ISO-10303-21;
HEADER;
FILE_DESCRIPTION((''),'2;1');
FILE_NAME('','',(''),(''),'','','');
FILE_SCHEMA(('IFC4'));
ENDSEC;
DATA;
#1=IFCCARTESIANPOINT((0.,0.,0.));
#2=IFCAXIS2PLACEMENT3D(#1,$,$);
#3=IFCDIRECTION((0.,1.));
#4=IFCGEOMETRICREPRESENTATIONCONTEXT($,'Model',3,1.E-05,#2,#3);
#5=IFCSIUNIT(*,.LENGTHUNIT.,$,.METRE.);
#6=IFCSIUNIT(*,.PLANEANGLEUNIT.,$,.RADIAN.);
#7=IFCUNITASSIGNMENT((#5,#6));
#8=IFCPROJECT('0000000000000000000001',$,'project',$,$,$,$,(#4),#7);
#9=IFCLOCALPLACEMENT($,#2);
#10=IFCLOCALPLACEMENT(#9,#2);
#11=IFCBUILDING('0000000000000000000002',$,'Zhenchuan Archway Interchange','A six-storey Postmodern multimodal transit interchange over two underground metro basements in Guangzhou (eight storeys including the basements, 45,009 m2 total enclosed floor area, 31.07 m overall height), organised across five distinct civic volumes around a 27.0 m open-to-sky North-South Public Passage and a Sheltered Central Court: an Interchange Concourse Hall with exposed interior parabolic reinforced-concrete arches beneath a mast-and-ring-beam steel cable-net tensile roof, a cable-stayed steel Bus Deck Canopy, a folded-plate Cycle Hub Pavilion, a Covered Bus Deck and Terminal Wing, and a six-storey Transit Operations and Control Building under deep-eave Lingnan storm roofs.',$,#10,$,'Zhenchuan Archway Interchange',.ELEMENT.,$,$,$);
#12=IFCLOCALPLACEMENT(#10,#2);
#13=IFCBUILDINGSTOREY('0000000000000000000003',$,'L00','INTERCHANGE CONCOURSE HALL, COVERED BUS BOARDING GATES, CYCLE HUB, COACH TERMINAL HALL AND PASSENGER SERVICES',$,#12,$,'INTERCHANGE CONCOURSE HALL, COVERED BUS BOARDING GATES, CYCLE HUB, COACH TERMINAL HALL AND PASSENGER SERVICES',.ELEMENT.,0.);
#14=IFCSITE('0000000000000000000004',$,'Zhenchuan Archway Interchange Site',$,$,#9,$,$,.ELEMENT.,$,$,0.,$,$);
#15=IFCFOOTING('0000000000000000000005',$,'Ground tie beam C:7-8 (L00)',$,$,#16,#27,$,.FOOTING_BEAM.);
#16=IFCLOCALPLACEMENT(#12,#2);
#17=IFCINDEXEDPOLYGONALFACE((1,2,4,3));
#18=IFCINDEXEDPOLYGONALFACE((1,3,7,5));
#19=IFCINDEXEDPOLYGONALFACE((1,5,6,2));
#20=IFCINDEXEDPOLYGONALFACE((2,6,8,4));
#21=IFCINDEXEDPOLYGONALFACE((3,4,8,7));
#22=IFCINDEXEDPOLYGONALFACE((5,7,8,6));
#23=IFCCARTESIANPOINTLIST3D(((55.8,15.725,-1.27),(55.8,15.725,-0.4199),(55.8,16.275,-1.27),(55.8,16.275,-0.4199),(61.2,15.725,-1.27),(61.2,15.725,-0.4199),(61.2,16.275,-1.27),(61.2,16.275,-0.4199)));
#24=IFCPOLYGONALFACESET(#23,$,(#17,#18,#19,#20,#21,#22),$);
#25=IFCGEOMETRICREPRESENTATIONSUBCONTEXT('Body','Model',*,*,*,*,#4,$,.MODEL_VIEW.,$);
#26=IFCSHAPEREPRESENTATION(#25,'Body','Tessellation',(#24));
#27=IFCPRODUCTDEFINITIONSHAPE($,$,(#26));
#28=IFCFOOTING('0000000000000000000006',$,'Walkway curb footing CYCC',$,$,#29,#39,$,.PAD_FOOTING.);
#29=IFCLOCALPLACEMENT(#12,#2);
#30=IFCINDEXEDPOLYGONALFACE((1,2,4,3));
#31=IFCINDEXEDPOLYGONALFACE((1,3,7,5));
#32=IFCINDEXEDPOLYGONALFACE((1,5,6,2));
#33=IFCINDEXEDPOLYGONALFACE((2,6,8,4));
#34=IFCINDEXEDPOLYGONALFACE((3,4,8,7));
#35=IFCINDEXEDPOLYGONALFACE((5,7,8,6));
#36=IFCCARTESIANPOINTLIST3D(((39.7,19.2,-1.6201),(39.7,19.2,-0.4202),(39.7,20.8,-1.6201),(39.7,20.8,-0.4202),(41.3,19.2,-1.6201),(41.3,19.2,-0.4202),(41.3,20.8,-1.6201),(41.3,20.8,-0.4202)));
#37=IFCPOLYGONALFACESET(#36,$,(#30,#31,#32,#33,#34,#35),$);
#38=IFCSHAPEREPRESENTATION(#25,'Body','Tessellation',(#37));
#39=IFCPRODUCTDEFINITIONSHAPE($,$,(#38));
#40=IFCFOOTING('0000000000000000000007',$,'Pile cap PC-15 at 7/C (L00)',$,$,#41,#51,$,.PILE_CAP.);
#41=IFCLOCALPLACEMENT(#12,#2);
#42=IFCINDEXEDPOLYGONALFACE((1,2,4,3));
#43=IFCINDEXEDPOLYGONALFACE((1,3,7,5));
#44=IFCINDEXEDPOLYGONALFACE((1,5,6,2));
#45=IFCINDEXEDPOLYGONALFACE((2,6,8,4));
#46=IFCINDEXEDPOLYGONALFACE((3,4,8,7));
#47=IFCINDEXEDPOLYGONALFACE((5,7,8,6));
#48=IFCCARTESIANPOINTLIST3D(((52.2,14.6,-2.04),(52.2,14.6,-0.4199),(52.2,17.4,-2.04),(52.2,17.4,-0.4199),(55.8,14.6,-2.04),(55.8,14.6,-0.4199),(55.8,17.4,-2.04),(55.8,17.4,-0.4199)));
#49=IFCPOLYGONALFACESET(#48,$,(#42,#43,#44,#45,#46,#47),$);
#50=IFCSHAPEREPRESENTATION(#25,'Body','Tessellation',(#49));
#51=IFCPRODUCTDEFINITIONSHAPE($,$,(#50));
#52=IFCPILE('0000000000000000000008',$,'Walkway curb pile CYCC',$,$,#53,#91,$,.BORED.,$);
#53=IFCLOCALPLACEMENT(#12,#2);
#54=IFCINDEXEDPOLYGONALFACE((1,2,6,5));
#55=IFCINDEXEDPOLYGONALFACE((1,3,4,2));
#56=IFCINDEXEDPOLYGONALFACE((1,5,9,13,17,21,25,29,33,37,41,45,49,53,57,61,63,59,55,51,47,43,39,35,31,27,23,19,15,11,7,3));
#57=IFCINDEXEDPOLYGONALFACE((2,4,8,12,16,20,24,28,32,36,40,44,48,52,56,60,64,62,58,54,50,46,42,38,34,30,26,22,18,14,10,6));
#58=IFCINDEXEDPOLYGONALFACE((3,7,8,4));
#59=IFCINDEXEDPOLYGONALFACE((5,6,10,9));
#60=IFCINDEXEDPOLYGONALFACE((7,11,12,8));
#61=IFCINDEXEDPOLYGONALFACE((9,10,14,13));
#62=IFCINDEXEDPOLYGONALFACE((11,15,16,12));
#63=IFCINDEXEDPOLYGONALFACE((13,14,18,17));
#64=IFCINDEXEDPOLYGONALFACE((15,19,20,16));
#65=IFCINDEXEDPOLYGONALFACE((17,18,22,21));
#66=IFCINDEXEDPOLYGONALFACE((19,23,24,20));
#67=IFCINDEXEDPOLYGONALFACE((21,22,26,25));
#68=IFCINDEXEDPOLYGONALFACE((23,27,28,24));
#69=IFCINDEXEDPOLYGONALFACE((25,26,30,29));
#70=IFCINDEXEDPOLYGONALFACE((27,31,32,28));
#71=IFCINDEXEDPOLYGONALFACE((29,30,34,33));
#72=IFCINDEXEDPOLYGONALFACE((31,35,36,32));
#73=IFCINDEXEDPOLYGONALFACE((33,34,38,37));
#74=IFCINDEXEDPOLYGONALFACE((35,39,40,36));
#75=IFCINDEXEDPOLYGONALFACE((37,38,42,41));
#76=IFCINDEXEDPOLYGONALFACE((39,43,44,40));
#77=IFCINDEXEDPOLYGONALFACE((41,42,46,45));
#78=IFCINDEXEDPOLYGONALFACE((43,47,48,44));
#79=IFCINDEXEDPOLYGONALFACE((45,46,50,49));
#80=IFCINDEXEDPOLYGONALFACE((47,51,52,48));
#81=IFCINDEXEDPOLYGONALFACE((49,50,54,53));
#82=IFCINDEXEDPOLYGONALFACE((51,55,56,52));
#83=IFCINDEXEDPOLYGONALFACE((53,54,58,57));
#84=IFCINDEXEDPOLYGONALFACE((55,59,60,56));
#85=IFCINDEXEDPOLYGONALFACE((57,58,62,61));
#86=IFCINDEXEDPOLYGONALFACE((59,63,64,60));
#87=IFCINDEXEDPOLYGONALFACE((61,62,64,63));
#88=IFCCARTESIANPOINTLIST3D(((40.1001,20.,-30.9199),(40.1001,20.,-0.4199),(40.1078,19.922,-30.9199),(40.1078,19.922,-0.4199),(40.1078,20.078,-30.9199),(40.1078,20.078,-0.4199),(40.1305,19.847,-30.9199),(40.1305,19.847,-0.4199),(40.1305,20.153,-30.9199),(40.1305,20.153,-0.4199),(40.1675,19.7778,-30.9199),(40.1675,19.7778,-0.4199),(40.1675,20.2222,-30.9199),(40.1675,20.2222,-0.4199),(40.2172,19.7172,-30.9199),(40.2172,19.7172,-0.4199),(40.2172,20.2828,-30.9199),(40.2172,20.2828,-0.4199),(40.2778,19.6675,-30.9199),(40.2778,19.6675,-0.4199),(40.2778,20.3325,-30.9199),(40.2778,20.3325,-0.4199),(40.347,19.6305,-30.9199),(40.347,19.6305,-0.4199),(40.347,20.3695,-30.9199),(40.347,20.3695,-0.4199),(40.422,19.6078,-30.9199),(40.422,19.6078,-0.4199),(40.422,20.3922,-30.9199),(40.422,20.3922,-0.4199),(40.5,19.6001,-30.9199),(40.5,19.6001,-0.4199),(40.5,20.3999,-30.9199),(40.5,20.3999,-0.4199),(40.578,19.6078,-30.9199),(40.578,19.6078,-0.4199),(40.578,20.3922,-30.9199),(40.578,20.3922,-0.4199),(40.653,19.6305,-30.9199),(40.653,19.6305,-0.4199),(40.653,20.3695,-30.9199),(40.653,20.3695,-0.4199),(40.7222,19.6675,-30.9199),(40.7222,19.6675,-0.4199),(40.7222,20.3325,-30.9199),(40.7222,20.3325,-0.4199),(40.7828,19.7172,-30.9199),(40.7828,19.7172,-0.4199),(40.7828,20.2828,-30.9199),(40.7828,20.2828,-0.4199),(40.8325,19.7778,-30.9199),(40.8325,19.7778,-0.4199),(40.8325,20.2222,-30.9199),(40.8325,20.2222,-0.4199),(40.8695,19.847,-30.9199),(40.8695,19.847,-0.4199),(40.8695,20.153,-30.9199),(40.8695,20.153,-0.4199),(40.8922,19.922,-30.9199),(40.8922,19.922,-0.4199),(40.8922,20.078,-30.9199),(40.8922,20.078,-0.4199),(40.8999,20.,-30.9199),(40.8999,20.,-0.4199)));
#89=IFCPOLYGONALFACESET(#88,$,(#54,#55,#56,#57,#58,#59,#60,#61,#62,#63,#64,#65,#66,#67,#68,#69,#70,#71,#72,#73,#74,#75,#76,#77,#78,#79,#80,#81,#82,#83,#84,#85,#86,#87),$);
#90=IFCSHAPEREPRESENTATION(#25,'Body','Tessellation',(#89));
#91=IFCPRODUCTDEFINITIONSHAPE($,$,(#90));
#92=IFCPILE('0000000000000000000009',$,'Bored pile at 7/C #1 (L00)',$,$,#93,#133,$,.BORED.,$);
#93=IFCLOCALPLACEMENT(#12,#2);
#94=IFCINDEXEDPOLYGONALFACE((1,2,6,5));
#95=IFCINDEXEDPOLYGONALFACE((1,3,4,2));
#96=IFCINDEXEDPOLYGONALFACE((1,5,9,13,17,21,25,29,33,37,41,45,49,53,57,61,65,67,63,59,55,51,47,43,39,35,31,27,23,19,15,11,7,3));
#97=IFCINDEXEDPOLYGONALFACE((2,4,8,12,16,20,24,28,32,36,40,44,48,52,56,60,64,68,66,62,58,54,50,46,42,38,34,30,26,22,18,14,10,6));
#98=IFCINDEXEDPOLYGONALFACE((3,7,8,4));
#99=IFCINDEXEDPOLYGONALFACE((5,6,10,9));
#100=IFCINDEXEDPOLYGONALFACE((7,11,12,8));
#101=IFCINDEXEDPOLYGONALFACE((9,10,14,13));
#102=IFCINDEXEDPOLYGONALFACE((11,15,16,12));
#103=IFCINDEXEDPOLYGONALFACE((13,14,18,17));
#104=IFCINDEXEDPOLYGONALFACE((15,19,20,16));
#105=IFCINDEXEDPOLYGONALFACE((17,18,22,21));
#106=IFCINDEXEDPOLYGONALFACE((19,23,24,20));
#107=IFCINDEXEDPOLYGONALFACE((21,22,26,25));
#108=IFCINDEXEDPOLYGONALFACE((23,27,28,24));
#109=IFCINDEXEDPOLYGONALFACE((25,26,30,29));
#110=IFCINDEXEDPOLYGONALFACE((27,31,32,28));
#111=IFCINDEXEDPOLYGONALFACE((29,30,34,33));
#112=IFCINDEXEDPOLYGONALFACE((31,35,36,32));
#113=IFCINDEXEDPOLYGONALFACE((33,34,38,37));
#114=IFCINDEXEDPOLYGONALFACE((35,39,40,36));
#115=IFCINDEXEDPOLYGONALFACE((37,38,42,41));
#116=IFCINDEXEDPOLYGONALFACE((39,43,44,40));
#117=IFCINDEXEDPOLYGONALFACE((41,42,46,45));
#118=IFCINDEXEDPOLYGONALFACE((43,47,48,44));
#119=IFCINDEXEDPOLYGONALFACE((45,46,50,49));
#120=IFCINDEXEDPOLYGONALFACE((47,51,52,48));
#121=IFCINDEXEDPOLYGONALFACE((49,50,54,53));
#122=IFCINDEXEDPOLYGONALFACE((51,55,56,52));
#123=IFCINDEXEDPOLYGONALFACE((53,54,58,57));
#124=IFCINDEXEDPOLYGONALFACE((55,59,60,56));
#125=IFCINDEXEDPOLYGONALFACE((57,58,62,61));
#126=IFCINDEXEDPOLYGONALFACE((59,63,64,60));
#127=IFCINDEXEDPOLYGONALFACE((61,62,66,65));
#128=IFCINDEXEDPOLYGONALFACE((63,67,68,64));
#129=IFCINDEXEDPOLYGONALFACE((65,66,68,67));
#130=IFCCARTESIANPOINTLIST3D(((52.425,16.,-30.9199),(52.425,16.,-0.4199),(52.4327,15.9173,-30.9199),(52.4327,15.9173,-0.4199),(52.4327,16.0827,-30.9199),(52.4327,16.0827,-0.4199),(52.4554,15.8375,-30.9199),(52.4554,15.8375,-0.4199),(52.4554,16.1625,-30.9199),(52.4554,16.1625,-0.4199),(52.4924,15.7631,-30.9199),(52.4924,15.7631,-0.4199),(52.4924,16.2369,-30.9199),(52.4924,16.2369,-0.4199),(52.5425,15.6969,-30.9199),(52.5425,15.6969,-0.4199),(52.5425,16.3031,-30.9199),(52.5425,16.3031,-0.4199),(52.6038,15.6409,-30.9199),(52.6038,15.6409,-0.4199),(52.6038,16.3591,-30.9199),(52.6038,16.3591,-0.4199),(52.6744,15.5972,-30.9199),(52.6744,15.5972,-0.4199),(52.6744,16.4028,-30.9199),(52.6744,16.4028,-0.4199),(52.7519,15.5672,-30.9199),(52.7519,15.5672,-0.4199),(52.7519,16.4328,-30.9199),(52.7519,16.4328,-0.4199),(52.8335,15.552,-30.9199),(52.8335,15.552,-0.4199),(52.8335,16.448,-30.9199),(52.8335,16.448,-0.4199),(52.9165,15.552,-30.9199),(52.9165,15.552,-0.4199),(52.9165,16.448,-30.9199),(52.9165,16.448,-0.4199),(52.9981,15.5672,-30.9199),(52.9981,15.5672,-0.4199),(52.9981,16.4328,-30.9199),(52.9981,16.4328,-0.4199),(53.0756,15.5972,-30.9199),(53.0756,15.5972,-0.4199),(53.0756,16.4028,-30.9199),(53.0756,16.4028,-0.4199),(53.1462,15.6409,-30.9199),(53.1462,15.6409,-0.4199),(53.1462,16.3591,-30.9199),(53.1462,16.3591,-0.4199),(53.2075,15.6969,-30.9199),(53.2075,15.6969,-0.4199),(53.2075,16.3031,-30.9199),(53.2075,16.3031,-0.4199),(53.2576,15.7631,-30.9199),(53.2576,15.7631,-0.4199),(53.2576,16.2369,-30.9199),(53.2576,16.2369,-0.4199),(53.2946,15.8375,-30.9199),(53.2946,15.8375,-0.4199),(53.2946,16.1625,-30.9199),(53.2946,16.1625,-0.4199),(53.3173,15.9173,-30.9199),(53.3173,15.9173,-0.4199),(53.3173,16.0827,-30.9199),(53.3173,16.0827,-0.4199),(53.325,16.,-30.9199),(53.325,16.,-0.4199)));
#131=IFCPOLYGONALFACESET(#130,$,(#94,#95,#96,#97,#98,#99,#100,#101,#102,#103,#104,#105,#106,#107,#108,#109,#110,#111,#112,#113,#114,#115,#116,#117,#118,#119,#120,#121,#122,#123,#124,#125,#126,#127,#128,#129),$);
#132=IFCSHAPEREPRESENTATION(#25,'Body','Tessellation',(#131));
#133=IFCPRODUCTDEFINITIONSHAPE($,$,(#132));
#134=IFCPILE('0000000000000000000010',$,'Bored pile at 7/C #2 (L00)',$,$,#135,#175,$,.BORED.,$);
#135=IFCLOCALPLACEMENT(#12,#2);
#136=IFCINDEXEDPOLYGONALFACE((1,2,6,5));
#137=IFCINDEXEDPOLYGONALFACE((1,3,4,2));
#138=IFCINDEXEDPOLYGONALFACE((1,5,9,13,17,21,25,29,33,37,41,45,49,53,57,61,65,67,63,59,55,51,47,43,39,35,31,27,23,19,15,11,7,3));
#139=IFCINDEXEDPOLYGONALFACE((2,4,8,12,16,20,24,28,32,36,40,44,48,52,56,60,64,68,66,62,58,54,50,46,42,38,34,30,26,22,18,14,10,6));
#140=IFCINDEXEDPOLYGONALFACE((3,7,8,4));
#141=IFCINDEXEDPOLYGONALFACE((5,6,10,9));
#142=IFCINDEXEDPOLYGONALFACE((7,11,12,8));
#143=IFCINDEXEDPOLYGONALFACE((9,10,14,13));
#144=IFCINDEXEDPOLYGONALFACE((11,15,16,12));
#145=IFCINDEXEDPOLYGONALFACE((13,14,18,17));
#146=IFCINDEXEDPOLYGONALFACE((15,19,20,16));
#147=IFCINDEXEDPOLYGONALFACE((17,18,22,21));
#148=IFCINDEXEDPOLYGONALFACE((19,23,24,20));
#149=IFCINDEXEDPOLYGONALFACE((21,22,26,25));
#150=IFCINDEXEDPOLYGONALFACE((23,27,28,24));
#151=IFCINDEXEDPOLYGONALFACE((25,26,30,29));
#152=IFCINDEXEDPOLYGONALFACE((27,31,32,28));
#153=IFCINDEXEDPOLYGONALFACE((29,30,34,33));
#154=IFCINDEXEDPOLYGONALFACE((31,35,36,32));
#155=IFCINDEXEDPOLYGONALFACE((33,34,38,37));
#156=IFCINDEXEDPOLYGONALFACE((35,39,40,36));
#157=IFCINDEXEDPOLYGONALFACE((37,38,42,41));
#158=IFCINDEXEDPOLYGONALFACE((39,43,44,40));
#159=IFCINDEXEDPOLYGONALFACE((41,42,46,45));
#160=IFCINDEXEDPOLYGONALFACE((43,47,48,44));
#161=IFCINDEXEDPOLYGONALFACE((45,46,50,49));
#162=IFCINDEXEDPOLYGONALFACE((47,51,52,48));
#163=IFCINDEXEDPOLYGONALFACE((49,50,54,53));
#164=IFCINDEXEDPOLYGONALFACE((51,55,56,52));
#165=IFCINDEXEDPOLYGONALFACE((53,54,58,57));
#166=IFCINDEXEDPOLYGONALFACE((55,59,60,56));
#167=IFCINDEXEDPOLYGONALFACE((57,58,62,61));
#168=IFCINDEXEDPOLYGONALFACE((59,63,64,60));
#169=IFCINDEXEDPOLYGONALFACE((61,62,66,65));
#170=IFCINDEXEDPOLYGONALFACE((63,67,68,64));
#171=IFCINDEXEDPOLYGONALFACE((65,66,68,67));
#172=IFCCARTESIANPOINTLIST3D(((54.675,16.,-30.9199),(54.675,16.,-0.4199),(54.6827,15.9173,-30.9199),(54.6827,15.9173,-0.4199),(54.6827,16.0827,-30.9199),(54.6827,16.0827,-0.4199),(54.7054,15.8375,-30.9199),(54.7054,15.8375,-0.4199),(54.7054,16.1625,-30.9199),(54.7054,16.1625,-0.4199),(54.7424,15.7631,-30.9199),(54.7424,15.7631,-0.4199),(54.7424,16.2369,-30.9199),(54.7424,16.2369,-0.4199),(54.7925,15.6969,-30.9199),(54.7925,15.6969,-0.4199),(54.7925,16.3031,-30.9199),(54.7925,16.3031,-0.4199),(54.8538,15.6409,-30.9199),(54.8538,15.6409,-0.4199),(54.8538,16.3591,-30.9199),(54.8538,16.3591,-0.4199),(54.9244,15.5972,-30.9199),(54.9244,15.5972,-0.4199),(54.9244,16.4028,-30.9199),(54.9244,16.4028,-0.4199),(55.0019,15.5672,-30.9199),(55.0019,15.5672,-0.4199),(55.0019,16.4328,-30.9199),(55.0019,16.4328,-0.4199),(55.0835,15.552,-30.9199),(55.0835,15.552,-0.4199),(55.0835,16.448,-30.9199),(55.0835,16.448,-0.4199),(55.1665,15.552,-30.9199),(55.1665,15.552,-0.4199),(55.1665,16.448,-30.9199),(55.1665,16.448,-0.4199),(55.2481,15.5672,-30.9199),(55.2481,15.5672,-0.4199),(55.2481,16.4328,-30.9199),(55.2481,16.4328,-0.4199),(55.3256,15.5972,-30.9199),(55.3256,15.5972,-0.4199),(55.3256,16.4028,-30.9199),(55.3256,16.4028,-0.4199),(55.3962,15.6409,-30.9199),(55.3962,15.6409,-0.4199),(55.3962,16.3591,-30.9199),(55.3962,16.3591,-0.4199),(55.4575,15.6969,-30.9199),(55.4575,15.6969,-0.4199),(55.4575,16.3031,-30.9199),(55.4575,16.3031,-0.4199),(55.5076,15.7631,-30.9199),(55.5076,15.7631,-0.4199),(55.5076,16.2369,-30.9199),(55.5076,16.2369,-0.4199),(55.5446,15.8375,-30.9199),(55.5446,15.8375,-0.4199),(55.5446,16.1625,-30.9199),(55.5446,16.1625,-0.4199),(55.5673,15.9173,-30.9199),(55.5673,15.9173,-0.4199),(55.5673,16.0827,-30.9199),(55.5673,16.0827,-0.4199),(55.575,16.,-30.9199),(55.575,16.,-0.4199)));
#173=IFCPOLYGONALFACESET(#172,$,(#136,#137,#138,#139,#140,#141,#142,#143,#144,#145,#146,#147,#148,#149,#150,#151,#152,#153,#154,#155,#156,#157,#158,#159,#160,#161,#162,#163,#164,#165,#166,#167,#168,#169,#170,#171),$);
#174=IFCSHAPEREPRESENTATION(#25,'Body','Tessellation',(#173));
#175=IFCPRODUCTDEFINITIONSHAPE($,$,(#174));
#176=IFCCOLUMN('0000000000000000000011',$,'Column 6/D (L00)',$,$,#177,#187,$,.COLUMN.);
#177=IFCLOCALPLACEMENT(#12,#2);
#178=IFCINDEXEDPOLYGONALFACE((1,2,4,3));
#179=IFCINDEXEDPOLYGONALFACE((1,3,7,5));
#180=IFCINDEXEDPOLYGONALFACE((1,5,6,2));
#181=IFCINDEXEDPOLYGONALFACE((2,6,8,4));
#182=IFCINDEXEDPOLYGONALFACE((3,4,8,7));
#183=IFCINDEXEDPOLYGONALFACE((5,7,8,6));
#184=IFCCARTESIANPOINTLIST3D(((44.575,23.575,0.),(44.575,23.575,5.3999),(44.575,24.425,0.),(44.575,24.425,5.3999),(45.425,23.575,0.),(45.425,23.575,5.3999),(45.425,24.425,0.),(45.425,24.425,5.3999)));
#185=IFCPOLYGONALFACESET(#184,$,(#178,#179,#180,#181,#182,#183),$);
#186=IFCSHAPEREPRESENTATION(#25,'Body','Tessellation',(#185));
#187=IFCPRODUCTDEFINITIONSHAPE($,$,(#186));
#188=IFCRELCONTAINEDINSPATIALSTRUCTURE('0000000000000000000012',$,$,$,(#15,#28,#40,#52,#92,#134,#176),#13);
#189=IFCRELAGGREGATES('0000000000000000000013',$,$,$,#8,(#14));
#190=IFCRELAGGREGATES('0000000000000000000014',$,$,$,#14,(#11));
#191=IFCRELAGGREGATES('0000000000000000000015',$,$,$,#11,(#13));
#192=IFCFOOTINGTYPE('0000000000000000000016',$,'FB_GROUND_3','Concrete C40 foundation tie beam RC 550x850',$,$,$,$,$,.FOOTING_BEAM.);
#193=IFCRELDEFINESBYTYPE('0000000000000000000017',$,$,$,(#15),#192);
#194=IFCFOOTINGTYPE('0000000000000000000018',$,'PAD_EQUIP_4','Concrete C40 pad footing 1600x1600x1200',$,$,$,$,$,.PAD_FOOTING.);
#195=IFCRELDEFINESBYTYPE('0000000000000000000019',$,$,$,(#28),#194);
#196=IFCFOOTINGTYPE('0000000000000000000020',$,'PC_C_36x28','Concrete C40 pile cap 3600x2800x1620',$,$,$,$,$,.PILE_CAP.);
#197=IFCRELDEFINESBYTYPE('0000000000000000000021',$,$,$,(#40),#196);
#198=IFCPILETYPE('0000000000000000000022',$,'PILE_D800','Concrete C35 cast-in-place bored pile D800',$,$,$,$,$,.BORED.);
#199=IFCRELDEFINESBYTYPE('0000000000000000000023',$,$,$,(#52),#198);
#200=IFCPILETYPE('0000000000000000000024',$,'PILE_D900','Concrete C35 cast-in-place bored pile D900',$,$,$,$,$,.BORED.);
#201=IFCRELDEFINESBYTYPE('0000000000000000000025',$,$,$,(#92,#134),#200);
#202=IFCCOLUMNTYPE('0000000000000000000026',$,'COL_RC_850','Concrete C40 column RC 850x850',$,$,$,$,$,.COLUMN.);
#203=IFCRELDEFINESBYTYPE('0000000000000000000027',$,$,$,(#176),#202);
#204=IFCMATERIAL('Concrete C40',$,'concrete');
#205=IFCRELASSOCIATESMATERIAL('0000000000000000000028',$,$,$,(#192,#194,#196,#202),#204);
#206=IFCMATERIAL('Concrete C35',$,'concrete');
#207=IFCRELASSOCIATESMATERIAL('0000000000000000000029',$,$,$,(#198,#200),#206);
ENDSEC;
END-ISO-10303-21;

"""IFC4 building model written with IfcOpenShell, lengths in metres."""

from ifc_helpers import new_model, si_unit, direction, frame, origin, origin_2d, place, context, subcontext, project, spatial, rectangle, circle, extrude, material, material_profile, profile_set, type_object, element, save


model = new_model("IFC4")

# Units and contexts
model_context = context("Model", 3, precision=1e-05, world=origin(), true_north=direction((0.0, 1.0)))
body_context = subcontext(model_context, "Body", "Model", "MODEL_VIEW")
ifc_project = project(units=[si_unit("LENGTHUNIT", "METRE"), si_unit("PLANEANGLEUNIT", "RADIAN")], contexts=[model_context])

# Site, building, storey
site_placement = place(None, origin())
site = spatial("IfcSite", under=ifc_project, at=site_placement, Name="Zhenchuan Archway Interchange Site", CompositionType="ELEMENT", RefElevation=0.0)
building_placement = place(site_placement, origin())
building = spatial("IfcBuilding", under=site, at=building_placement, Name="Zhenchuan Archway Interchange", Description="A six-storey Postmodern multimodal transit interchange over two underground metro basements in Guangzhou (eight storeys including the basements, 45,009 m2 total enclosed floor area, 31.07 m overall height), organised across five distinct civic volumes around a 27.0 m open-to-sky North-South Public Passage and a Sheltered Central Court: an Interchange Concourse Hall with exposed interior parabolic reinforced-concrete arches beneath a mast-and-ring-beam steel cable-net tensile roof, a cable-stayed steel Bus Deck Canopy, a folded-plate Cycle Hub Pavilion, a Covered Bus Deck and Terminal Wing, and a six-storey Transit Operations and Control Building under deep-eave Lingnan storm roofs.", LongName="Zhenchuan Archway Interchange", CompositionType="ELEMENT")
storey_placement = place(building_placement, origin())
storey = spatial("IfcBuildingStorey", under=building, at=storey_placement, Name="L00", Description="INTERCHANGE CONCOURSE HALL, COVERED BUS BOARDING GATES, CYCLE HUB, COACH TERMINAL HALL AND PASSENGER SERVICES", LongName="INTERCHANGE CONCOURSE HALL, COVERED BUS BOARDING GATES, CYCLE HUB, COACH TERMINAL HALL AND PASSENGER SERVICES", CompositionType="ELEMENT", Elevation=0.0)

# Footings
ifc_material_1 = material(Name="Concrete C40", Category="concrete")
ifc_material_profile_1 = material_profile(ifc_material_1, rectangle(XDim=0.55, YDim=0.8501, at=origin_2d()), Name="RC 550x850")
ifc_profile_set_1 = profile_set([ifc_material_profile_1], Name="Concrete C40")
footing_type_1 = type_object("IfcFootingType", Name="FB_GROUND_3", Description="Concrete C40 foundation tie beam RC 550x850", PredefinedType="FOOTING_BEAM", material=ifc_profile_set_1)
footing_1_placement = place(storey_placement, frame((55.8, 16.0, -0.845), z_axis=(1.0, 0.0, 0.0), x_axis=(0.0, 1.0, 0.0)))
element("IfcFooting", 1, at=footing_1_placement, inside=storey, type_object=footing_type_1, Name="Ground tie beam C:7-8 (L00)", PredefinedType="FOOTING_BEAM", context=body_context, shape_type="SweptSolid", body=[
    extrude(rectangle(XDim=0.55, YDim=0.8501, at=origin_2d()), origin(), (0.0, 0.0, 1.0), 5.3999),
])
footing_type_2 = type_object("IfcFootingType", Name="PAD_EQUIP_4", Description="Concrete C40 pad footing 1600x1600x1200", PredefinedType="PAD_FOOTING", material=ifc_material_1)
footing_2_placement = place(storey_placement, frame((40.5, 20.0, -1.6201), z_axis=(0.0, 0.0, 1.0), x_axis=(1.0, 0.0, 0.0)))
element("IfcFooting", 2, at=footing_2_placement, inside=storey, type_object=footing_type_2, Name="Walkway curb footing CYCC", PredefinedType="PAD_FOOTING", context=body_context, shape_type="SweptSolid", body=[
    extrude(rectangle(XDim=1.6001, YDim=1.6001, at=origin_2d()), origin(), (0.0, 0.0, 1.0), 1.2),
])
footing_type_3 = type_object("IfcFootingType", Name="PC_C_36x28", Description="Concrete C40 pile cap 3600x2800x1620", PredefinedType="PILE_CAP", material=ifc_material_1)
footing_3_placement = place(storey_placement, frame((54.0, 16.0, -2.04), z_axis=(0.0, 0.0, 1.0), x_axis=(1.0, 0.0, 0.0)))
element("IfcFooting", 3, at=footing_3_placement, inside=storey, type_object=footing_type_3, Name="Pile cap PC-15 at 7/C (L00)", PredefinedType="PILE_CAP", context=body_context, shape_type="SweptSolid", body=[
    extrude(rectangle(XDim=3.6001, YDim=2.8, at=origin_2d()), origin(), (0.0, 0.0, 1.0), 1.6201),
])

# Piles
ifc_material_2 = material(Name="Concrete C35", Category="concrete")
ifc_material_profile_2 = material_profile(ifc_material_2, circle(Radius=0.3999, at=origin_2d()), Name="BORED PILE 800")
ifc_profile_set_2 = profile_set([ifc_material_profile_2], Name="Concrete C35")
pile_type_1 = type_object("IfcPileType", Name="PILE_D800", Description="Concrete C35 cast-in-place bored pile D800", PredefinedType="BORED", material=ifc_profile_set_2)
pile_placement = place(storey_placement, frame((40.5, 20.0, -0.4199), z_axis=(0.0, 0.0, -1.0), x_axis=(1.0, 0.0, 0.0)))
element("IfcPile", 4, at=pile_placement, inside=storey, type_object=pile_type_1, Name="Walkway curb pile CYCC", PredefinedType="BORED", context=body_context, shape_type="SweptSolid", body=[
    extrude(circle(Radius=0.3999, at=origin_2d()), origin(), (0.0, 0.0, 1.0), 30.5),
])
ifc_material_profile_3 = material_profile(ifc_material_2, circle(Radius=0.45, at=origin_2d()), Name="BORED PILE 900")
ifc_profile_set_3 = profile_set([ifc_material_profile_3], Name="Concrete C35")
pile_type_2 = type_object("IfcPileType", Name="PILE_D900", Description="Concrete C35 cast-in-place bored pile D900", PredefinedType="BORED", material=ifc_profile_set_3)
for number, where, z_axis, x_axis, name in (
    (5, (52.875, 16.0, -0.4199), (0.0, 0.0, -1.0), (1.0, 0.0, 0.0), "Bored pile at 7/C #1 (L00)"),
    (6, (55.125, 16.0, -0.4199), (0.0, 0.0, -1.0), (1.0, 0.0, 0.0), "Bored pile at 7/C #2 (L00)"),
):
    element("IfcPile", number, at=place(storey_placement, frame(where, z_axis=z_axis, x_axis=x_axis)), inside=storey, type_object=pile_type_2, Name=name, PredefinedType="BORED", context=body_context, shape_type="SweptSolid", body=[
        extrude(circle(Radius=0.45, at=origin_2d()), origin(), (0.0, 0.0, 1.0), 30.5),
    ])

# Column
ifc_material_profile_4 = material_profile(ifc_material_1, rectangle(XDim=0.8501, YDim=0.8501, at=origin_2d()), Name="RC 850x850")
ifc_profile_set_4 = profile_set([ifc_material_profile_4], Name="Concrete C40")
column_type = type_object("IfcColumnType", Name="COL_RC_850", Description="Concrete C40 column RC 850x850", PredefinedType="COLUMN", material=ifc_profile_set_4)
column_1_placement = place(storey_placement, frame((45.0, 24.0, 0.0), z_axis=(0.0, 0.0, 1.0), x_axis=(1.0, 0.0, 0.0)))
element("IfcColumn", 7, at=column_1_placement, inside=storey, type_object=column_type, Name="Column 6/D (L00)", PredefinedType="COLUMN", context=body_context, shape_type="SweptSolid", body=[
    extrude(rectangle(XDim=0.8501, YDim=0.8501, at=origin_2d()), origin(), (0.0, 0.0, 1.0), 5.3999),
])

save(model, "model.ifc")
